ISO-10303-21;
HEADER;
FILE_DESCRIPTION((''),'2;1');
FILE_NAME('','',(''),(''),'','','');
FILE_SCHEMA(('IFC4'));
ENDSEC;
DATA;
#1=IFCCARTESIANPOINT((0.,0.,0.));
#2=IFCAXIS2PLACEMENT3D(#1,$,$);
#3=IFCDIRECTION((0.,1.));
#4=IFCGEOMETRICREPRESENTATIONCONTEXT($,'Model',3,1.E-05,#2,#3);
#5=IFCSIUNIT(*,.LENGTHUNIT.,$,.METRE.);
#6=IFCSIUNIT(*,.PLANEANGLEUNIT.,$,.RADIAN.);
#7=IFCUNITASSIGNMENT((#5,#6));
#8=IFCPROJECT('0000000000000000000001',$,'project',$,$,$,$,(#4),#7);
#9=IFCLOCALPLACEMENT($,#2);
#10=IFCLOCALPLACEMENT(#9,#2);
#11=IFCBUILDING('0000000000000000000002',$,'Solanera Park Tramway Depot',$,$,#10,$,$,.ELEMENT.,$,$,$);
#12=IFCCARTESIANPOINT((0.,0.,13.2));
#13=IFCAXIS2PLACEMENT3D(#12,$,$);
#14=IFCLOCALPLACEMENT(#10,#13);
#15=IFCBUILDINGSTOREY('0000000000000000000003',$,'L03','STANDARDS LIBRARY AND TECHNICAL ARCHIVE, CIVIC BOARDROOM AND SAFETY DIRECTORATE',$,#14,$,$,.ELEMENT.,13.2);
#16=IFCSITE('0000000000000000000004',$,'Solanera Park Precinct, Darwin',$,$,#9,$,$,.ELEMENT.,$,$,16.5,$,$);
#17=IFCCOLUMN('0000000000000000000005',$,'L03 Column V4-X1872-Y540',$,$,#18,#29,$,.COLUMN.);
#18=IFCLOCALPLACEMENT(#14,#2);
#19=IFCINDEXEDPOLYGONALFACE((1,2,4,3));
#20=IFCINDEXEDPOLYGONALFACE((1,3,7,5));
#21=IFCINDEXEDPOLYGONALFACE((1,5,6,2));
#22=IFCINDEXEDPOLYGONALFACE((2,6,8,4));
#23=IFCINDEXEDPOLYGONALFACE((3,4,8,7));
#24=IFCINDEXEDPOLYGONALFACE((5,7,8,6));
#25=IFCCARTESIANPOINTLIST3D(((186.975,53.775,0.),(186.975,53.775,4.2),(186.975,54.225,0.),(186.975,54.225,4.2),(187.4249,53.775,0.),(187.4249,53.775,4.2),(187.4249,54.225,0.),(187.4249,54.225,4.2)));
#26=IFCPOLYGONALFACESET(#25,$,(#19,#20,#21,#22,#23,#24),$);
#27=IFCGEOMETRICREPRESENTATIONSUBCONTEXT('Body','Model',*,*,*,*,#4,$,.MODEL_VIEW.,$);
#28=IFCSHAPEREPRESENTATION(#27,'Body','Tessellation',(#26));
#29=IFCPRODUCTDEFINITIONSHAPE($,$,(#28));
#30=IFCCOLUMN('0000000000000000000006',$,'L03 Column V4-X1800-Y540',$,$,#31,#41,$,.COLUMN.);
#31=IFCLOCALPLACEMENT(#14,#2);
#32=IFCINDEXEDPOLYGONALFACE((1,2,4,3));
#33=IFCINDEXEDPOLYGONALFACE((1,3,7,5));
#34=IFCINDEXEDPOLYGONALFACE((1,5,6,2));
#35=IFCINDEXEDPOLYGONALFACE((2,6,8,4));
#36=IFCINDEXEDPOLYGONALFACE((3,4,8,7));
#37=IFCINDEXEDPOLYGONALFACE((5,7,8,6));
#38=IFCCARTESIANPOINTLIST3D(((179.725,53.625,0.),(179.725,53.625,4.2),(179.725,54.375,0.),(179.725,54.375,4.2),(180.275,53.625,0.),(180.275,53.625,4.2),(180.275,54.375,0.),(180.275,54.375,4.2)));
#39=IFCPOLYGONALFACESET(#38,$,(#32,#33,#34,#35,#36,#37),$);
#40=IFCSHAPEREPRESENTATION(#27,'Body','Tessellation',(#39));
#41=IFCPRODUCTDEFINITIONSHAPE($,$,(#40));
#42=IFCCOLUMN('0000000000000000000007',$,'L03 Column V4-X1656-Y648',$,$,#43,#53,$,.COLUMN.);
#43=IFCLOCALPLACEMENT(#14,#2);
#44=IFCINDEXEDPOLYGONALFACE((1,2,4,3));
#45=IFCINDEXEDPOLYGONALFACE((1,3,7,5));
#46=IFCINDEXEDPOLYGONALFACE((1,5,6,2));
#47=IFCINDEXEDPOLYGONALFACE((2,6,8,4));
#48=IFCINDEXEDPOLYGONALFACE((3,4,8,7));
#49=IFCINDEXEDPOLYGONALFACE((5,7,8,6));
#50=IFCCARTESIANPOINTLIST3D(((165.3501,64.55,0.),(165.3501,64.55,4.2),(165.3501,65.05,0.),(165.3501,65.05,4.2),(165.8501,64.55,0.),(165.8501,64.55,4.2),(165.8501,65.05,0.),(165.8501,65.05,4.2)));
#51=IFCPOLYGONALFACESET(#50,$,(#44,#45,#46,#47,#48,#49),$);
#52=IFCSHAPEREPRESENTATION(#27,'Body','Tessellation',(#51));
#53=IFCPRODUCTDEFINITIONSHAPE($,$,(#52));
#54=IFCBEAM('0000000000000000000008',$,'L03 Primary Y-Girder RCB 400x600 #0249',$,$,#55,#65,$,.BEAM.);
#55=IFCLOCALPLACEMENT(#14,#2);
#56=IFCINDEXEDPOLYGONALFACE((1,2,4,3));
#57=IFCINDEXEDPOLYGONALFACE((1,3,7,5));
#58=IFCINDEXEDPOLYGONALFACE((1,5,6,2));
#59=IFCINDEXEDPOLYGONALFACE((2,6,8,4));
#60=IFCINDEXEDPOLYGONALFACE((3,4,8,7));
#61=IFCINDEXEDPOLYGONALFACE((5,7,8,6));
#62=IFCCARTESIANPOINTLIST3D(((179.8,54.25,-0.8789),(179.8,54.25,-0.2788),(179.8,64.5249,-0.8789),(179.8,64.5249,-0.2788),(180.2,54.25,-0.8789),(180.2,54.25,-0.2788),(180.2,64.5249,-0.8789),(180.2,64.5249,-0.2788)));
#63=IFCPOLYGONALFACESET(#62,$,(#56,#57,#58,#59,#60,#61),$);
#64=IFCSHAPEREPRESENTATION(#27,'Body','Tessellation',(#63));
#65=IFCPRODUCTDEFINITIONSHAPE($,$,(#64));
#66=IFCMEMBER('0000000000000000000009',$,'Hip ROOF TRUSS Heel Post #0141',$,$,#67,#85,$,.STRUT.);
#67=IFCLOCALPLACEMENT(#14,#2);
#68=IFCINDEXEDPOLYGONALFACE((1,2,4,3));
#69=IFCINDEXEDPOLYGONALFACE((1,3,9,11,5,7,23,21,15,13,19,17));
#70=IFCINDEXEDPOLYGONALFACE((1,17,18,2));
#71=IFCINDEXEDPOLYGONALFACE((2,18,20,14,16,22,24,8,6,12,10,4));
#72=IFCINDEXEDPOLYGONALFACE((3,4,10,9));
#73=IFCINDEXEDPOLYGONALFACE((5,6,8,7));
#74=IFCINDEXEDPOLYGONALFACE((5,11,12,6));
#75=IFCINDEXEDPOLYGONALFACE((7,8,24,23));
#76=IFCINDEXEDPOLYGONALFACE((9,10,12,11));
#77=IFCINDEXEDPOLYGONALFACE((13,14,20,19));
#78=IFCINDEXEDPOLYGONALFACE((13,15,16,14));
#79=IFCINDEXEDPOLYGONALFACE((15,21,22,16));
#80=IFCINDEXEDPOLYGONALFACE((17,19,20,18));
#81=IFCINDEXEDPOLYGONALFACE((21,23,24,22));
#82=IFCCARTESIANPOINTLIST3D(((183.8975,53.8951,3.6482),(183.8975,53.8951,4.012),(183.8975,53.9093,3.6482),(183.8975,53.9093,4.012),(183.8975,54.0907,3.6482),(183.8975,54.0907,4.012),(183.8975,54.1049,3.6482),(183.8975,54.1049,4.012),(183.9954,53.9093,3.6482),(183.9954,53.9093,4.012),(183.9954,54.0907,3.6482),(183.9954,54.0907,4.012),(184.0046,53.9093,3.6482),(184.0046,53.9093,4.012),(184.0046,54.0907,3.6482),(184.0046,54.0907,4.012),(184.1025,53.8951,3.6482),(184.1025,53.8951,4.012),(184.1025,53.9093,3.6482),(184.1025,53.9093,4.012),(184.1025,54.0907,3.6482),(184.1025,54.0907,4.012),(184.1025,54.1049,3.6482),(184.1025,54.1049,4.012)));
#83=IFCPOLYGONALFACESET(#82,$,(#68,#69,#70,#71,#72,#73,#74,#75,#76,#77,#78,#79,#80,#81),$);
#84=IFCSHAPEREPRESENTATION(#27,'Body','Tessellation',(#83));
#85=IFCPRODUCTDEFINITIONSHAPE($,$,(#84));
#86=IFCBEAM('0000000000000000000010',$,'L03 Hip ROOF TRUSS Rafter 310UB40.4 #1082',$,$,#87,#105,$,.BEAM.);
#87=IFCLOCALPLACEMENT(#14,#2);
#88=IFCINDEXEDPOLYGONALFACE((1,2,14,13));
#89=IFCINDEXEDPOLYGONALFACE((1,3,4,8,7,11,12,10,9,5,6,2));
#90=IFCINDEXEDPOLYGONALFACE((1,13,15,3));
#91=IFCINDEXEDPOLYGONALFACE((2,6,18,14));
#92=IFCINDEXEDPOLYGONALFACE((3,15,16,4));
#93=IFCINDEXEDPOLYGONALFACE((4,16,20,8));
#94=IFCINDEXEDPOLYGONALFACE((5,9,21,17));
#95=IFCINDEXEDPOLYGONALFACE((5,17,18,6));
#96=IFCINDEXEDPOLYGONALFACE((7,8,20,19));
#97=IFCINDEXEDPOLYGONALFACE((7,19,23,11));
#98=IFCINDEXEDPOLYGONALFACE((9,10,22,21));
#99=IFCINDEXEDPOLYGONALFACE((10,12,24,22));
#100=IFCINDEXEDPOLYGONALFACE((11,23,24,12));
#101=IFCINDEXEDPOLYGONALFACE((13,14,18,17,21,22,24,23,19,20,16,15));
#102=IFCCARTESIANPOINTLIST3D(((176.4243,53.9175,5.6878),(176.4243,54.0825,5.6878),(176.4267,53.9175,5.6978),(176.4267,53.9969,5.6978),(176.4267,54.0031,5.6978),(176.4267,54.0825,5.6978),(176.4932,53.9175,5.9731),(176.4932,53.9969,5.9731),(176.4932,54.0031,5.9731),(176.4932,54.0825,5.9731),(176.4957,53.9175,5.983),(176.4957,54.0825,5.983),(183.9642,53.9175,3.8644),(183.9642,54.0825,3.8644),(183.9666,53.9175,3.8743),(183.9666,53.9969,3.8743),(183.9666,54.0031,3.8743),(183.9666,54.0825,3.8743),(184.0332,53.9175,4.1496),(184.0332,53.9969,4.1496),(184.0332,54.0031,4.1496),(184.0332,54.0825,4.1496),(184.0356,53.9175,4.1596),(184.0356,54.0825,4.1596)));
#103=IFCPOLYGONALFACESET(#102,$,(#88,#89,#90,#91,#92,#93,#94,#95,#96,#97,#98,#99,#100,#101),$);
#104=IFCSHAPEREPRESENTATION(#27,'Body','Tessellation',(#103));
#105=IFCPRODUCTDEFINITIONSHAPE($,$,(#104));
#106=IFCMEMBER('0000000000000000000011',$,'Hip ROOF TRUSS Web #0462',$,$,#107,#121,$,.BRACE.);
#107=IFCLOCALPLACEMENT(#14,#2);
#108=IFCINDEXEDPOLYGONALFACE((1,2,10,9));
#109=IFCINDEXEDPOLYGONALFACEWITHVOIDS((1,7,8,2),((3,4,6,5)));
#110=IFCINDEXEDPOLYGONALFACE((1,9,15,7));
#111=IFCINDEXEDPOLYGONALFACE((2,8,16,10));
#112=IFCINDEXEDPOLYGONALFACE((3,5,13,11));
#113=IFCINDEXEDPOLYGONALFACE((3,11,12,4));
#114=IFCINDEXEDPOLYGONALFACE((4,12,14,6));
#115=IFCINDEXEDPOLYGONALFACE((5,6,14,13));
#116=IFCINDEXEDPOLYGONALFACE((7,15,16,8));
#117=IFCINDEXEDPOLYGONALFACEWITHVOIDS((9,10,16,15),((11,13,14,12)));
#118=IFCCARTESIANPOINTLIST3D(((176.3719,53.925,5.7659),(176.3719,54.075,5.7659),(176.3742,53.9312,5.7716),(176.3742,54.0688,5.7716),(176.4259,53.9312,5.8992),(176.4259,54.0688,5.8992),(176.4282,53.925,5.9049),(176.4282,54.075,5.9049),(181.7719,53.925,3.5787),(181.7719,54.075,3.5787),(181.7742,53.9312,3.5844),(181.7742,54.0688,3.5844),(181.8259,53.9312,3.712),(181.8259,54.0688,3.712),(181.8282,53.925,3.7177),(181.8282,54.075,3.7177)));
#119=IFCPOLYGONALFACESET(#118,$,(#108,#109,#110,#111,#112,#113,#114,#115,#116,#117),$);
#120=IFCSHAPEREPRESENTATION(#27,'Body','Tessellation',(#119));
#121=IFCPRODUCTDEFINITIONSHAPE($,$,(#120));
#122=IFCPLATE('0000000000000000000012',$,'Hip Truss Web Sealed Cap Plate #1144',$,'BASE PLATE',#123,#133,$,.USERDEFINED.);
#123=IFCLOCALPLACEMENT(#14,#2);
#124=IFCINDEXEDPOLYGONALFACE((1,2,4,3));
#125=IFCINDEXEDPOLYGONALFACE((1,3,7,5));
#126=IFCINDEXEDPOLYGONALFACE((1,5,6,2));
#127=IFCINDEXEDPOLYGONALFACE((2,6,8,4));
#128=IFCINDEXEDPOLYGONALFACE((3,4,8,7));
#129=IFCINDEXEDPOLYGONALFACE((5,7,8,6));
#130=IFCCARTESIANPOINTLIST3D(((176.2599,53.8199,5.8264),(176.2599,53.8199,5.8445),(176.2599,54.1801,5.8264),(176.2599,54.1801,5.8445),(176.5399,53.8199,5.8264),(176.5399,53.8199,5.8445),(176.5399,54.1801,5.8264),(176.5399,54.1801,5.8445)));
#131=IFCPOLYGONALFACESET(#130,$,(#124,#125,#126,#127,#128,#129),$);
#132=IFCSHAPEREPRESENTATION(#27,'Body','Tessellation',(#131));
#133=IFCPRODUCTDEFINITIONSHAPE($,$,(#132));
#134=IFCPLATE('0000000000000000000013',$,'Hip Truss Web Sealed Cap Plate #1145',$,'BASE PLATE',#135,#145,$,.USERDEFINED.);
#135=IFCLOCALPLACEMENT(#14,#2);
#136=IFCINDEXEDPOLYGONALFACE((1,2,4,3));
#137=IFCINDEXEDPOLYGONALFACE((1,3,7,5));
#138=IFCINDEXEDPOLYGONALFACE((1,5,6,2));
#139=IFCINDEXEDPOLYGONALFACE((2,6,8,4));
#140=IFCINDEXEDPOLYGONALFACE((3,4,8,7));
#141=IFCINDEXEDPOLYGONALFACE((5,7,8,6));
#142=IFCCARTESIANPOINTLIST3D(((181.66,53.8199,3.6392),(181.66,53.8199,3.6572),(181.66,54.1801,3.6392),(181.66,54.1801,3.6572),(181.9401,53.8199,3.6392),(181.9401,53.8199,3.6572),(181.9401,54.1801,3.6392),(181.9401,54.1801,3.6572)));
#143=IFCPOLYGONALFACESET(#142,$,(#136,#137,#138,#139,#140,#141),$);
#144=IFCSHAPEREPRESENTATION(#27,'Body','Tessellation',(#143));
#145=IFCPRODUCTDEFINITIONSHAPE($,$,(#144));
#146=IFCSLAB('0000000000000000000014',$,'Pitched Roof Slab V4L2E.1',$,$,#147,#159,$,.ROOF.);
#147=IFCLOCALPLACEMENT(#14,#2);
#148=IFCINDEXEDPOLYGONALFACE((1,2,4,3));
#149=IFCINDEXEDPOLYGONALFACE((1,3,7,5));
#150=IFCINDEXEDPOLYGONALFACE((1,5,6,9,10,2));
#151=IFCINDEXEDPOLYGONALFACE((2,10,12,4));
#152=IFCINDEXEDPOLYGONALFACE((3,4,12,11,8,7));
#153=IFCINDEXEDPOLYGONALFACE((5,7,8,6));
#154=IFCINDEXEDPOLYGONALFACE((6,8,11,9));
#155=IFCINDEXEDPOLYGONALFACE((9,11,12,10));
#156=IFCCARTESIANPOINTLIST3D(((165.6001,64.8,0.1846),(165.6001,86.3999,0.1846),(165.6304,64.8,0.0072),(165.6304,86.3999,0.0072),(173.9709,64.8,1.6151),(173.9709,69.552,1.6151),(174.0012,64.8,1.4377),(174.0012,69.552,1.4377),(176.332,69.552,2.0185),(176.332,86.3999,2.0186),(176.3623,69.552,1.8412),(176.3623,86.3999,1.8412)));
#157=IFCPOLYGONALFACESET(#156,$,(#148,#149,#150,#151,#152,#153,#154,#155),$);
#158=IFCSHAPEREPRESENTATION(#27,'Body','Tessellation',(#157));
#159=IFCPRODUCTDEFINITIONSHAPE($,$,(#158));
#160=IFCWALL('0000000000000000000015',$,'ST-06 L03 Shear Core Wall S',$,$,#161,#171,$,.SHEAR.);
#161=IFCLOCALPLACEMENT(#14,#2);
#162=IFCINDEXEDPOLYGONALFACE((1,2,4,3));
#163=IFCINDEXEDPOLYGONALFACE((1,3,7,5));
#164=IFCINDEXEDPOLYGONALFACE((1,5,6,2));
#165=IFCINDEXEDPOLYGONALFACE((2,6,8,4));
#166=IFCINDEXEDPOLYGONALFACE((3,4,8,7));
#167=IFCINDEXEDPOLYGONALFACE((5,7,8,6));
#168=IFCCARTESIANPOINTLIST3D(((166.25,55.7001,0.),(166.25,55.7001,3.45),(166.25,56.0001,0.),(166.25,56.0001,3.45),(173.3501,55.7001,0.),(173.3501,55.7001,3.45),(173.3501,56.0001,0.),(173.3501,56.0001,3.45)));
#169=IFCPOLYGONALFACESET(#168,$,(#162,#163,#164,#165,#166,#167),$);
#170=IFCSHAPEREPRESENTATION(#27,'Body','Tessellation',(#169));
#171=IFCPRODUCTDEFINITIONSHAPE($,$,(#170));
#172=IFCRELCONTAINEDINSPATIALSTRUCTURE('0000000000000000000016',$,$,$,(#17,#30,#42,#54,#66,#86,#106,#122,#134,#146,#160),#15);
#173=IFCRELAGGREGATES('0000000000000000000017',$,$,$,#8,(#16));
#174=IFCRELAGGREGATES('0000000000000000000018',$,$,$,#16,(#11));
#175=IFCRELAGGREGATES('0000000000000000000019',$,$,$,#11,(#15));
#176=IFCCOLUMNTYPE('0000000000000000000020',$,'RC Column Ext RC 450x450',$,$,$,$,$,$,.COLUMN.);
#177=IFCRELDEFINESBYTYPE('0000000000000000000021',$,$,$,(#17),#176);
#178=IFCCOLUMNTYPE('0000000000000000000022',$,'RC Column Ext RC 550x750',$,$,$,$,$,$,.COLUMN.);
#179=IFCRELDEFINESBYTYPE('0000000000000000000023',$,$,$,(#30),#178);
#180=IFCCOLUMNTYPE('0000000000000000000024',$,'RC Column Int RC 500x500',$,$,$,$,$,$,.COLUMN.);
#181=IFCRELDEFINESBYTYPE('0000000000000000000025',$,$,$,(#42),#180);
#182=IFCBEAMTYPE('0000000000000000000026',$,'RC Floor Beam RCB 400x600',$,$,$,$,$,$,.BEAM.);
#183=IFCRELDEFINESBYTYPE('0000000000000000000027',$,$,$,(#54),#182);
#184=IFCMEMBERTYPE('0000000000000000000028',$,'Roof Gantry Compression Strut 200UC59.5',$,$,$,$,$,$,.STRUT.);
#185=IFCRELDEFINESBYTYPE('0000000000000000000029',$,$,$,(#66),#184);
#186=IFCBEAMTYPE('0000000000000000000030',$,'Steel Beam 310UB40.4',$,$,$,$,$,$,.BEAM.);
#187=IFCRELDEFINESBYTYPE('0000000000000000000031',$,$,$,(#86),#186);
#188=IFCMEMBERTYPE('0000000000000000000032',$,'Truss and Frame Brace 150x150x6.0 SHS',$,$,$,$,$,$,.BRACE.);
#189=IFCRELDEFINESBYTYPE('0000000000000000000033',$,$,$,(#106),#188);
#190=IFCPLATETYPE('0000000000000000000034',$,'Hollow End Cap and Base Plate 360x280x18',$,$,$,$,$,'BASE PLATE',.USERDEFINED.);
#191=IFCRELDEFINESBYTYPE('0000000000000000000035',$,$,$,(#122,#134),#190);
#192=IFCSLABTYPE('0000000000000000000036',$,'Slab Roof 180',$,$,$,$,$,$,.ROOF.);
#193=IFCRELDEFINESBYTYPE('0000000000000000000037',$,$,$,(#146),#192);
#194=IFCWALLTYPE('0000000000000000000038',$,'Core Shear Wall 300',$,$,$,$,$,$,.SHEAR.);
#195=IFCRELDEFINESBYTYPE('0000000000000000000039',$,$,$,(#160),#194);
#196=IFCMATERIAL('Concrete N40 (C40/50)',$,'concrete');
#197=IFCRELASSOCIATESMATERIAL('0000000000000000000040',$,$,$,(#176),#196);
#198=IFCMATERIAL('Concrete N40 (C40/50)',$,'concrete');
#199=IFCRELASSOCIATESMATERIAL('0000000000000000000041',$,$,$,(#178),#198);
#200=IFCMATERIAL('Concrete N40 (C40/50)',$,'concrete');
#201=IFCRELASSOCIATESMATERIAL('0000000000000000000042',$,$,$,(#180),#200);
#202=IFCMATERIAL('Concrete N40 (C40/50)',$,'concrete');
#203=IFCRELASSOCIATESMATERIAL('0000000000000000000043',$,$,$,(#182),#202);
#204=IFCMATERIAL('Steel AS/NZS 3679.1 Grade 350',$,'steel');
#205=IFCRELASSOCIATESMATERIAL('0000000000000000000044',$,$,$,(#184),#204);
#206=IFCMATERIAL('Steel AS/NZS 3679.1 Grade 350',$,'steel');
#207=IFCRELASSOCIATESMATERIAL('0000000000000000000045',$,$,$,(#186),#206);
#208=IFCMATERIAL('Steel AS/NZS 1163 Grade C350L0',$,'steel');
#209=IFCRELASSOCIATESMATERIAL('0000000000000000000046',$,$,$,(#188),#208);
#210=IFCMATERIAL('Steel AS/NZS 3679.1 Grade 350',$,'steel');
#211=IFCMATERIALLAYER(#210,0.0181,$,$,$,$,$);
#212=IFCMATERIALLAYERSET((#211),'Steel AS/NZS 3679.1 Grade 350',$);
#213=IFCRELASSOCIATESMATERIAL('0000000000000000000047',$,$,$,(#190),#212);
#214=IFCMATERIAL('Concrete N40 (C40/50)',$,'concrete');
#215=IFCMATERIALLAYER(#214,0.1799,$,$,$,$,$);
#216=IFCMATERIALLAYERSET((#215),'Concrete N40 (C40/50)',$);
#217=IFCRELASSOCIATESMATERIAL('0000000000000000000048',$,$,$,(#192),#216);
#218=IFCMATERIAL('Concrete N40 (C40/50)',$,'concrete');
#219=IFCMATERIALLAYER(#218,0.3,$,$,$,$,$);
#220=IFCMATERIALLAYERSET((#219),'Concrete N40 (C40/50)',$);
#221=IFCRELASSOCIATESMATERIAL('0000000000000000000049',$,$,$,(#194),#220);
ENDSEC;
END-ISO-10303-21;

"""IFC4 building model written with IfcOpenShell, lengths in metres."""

from ifc_helpers import new_model, si_unit, direction, frame, frame_2d, origin, origin_2d, place, context, subcontext, project, spatial, polyline, rectangle, hollow_rectangle, i_section, outline, extrude, material, layer, layer_set, material_profile, profile_set, type_object, element, save


model = new_model("IFC4")

# Units and contexts
model_context = context("Model", 3, precision=1e-05, world=origin(), true_north=direction((0.0, 1.0)))
body_context = subcontext(model_context, "Body", "Model", "MODEL_VIEW")
ifc_project = project(units=[si_unit("LENGTHUNIT", "METRE"), si_unit("PLANEANGLEUNIT", "RADIAN")], contexts=[model_context])

# Site, building, storey
site_placement = place(None, origin())
site = spatial("IfcSite", under=ifc_project, at=site_placement, Name="Solanera Park Precinct, Darwin", CompositionType="ELEMENT", RefElevation=16.5)
building_placement = place(site_placement, origin())
building = spatial("IfcBuilding", under=site, at=building_placement, Name="Solanera Park Tramway Depot", CompositionType="ELEMENT")
storey_placement = place(building_placement, frame((0.0, 0.0, 13.2)))
storey = spatial("IfcBuildingStorey", under=building, at=storey_placement, Name="L03", Description="STANDARDS LIBRARY AND TECHNICAL ARCHIVE, CIVIC BOARDROOM AND SAFETY DIRECTORATE", CompositionType="ELEMENT", Elevation=13.2)

# Columns
ifc_material_1 = material(Name="Concrete N40 (C40/50)", Category="concrete")
ifc_material_profile_1 = material_profile(ifc_material_1, rectangle(XDim=0.45, YDim=0.45, at=origin_2d()), Name="RC 450x450")
ifc_profile_set_1 = profile_set([ifc_material_profile_1], Name="Concrete N40 (C40/50)")
column_type_1 = type_object("IfcColumnType", Name="RC Column Ext RC 450x450", PredefinedType="COLUMN", material=ifc_profile_set_1)
column_1_placement = place(storey_placement, frame((187.2, 54.0, 0.0), z_axis=(0.0, 0.0, 1.0), x_axis=(1.0, 0.0, 0.0)))
element("IfcColumn", 1, at=column_1_placement, inside=storey, type_object=column_type_1, Name="L03 Column V4-X1872-Y540", PredefinedType="COLUMN", context=body_context, shape_type="SweptSolid", body=[
    extrude(rectangle(XDim=0.45, YDim=0.45, at=origin_2d()), origin(), (0.0, 0.0, 1.0), 4.2),
])
ifc_material_2 = material(Name="Concrete N40 (C40/50)", Category="concrete")
ifc_material_profile_2 = material_profile(ifc_material_2, rectangle(XDim=0.55, YDim=0.75, at=origin_2d()), Name="RC 550x750")
ifc_profile_set_2 = profile_set([ifc_material_profile_2], Name="Concrete N40 (C40/50)")
column_type_2 = type_object("IfcColumnType", Name="RC Column Ext RC 550x750", PredefinedType="COLUMN", material=ifc_profile_set_2)
column_2_placement = place(storey_placement, frame((180.0, 54.0, 0.0), z_axis=(0.0, 0.0, 1.0), x_axis=(1.0, 0.0, 0.0)))
element("IfcColumn", 2, at=column_2_placement, inside=storey, type_object=column_type_2, Name="L03 Column V4-X1800-Y540", PredefinedType="COLUMN", context=body_context, shape_type="SweptSolid", body=[
    extrude(rectangle(XDim=0.55, YDim=0.75, at=origin_2d()), origin(), (0.0, 0.0, 1.0), 4.2),
])
ifc_material_3 = material(Name="Concrete N40 (C40/50)", Category="concrete")
ifc_material_profile_3 = material_profile(ifc_material_3, rectangle(XDim=0.5, YDim=0.5, at=origin_2d()), Name="RC 500x500")
ifc_profile_set_3 = profile_set([ifc_material_profile_3], Name="Concrete N40 (C40/50)")
column_type_3 = type_object("IfcColumnType", Name="RC Column Int RC 500x500", PredefinedType="COLUMN", material=ifc_profile_set_3)
column_3_placement = place(storey_placement, frame((165.6001, 64.8, 0.0), z_axis=(0.0, 0.0, 1.0), x_axis=(1.0, 0.0, 0.0)))
element("IfcColumn", 3, at=column_3_placement, inside=storey, type_object=column_type_3, Name="L03 Column V4-X1656-Y648", PredefinedType="COLUMN", context=body_context, shape_type="SweptSolid", body=[
    extrude(rectangle(XDim=0.5, YDim=0.5, at=origin_2d()), origin(), (0.0, 0.0, 1.0), 4.2),
])

# Beam
ifc_material_4 = material(Name="Concrete N40 (C40/50)", Category="concrete")
ifc_material_profile_4 = material_profile(ifc_material_4, rectangle(XDim=0.3999, YDim=0.6001, at=origin_2d()), Name="RCB 400x600")
ifc_profile_set_4 = profile_set([ifc_material_profile_4], Name="Concrete N40 (C40/50)")
beam_type_1 = type_object("IfcBeamType", Name="RC Floor Beam RCB 400x600", PredefinedType="BEAM", material=ifc_profile_set_4)
beam_1_placement = place(storey_placement, frame((180.0, 54.25, -0.5789), z_axis=(0.0, 1.0, 0.0), x_axis=(-1.0, 0.0, 0.0)))
element("IfcBeam", 4, at=beam_1_placement, inside=storey, type_object=beam_type_1, Name="L03 Primary Y-Girder RCB 400x600 #0249", PredefinedType="BEAM", context=body_context, shape_type="SweptSolid", body=[
    extrude(rectangle(XDim=0.3999, YDim=0.6001, at=origin_2d()), origin(), (0.0, 0.0, 1.0), 10.2749),
])

# Member
ifc_material_5 = material(Name="Steel AS/NZS 3679.1 Grade 350", Category="steel")
ifc_material_profile_5 = material_profile(ifc_material_5, i_section(OverallWidth=0.2051, OverallDepth=0.2097, WebThickness=0.0093, FlangeThickness=0.0142, at=origin_2d()), Name="200UC59.5")
ifc_profile_set_5 = profile_set([ifc_material_profile_5], Name="Steel AS/NZS 3679.1 Grade 350")
member_type_1 = type_object("IfcMemberType", Name="Roof Gantry Compression Strut 200UC59.5", PredefinedType="STRUT", material=ifc_profile_set_5)
member_1_placement = place(storey_placement, frame((184.0, 54.0, 3.6482), z_axis=(0.0, 0.0, 1.0), x_axis=(1.0, 0.0, 0.0)))
element("IfcMember", 5, at=member_1_placement, inside=storey, type_object=member_type_1, Name="Hip ROOF TRUSS Heel Post #0141", PredefinedType="STRUT", context=body_context, shape_type="SweptSolid", body=[
    extrude(i_section(OverallWidth=0.2051, OverallDepth=0.2097, WebThickness=0.0093, FlangeThickness=0.0142, at=origin_2d()), origin(), (0.0, 0.0, 1.0), 0.3638),
])

# Beam
ifc_material_6 = material(Name="Steel AS/NZS 3679.1 Grade 350", Category="steel")
ifc_material_profile_6 = material_profile(ifc_material_6, i_section(OverallWidth=0.165, OverallDepth=0.3037, WebThickness=0.0061, FlangeThickness=0.0103, at=origin_2d()), Name="310UB40.4")
ifc_profile_set_6 = profile_set([ifc_material_profile_6], Name="Steel AS/NZS 3679.1 Grade 350")
beam_type_2 = type_object("IfcBeamType", Name="Steel Beam 310UB40.4", PredefinedType="BEAM", material=ifc_profile_set_6)
beam_2_placement = place(storey_placement, frame((176.46, 54.0, 5.8354), z_axis=(0.97198, 0.0, -0.235064), x_axis=(0.0, 1.0, 0.0)))
element("IfcBeam", 6, at=beam_2_placement, inside=storey, type_object=beam_type_2, Name="L03 Hip ROOF TRUSS Rafter 310UB40.4 #1082", PredefinedType="BEAM", context=body_context, shape_type="SweptSolid", body=[
    extrude(i_section(OverallWidth=0.165, OverallDepth=0.3037, WebThickness=0.0061, FlangeThickness=0.0103, at=origin_2d()), origin(), (0.0, 0.0, 1.0), 7.7573),
])

# Member
ifc_material_7 = material(Name="Steel AS/NZS 1163 Grade C350L0", Category="steel")
ifc_material_profile_7 = material_profile(ifc_material_7, hollow_rectangle(XDim=0.1499, YDim=0.1499, WallThickness=0.0061, at=origin_2d()), Name="150x150x6.0 SHS")
ifc_profile_set_7 = profile_set([ifc_material_profile_7], Name="Steel AS/NZS 1163 Grade C350L0")
member_type_2 = type_object("IfcMemberType", Name="Truss and Frame Brace 150x150x6.0 SHS", PredefinedType="BRACE", material=ifc_profile_set_7)
member_2_placement = place(storey_placement, frame((181.8, 54.0, 3.6482), z_axis=(-0.926858, 0.0, 0.375411), x_axis=(0.0, -1.0, 0.0)))
element("IfcMember", 7, at=member_2_placement, inside=storey, type_object=member_type_2, Name="Hip ROOF TRUSS Web #0462", PredefinedType="BRACE", context=body_context, shape_type="SweptSolid", body=[
    extrude(hollow_rectangle(XDim=0.1499, YDim=0.1499, WallThickness=0.0061, at=origin_2d()), origin(), (0.0, 0.0, 1.0), 5.8262),
])

# Plates
ifc_material_8 = material(Name="Steel AS/NZS 3679.1 Grade 350", Category="steel")
ifc_layer_1 = layer(ifc_material_8, 0.0181)
ifc_layer_set_1 = layer_set([ifc_layer_1], Name="Steel AS/NZS 3679.1 Grade 350")
plate_type = type_object("IfcPlateType", Name="Hollow End Cap and Base Plate 360x280x18", ElementType="BASE PLATE", PredefinedType="USERDEFINED", material=ifc_layer_set_1)
for number, where, z_axis, x_axis, name in (
    (8, (176.3999, 54.0, 5.8264), (0.0, 0.0, 1.0), (1.0, 0.0, 0.0), "Hip Truss Web Sealed Cap Plate #1144"),
    (9, (181.8, 54.0, 3.6392), (0.0, 0.0, 1.0), (1.0, 0.0, 0.0), "Hip Truss Web Sealed Cap Plate #1145"),
):
    element("IfcPlate", number, at=place(storey_placement, frame(where, z_axis=z_axis, x_axis=x_axis)), inside=storey, type_object=plate_type, Name=name, ObjectType="BASE PLATE", PredefinedType="USERDEFINED", context=body_context, shape_type="SweptSolid", body=[
        extrude(rectangle(XDim=0.28, YDim=0.3601, at=origin_2d()), origin(), (0.0, 0.0, 1.0), 0.0181),
    ])

# Slab
ifc_material_9 = material(Name="Concrete N40 (C40/50)", Category="concrete")
ifc_layer_2 = layer(ifc_material_9, 0.1799)
ifc_layer_set_2 = layer_set([ifc_layer_2], Name="Concrete N40 (C40/50)")
slab_type = type_object("IfcSlabType", Name="Slab Roof 180", PredefinedType="ROOF", material=ifc_layer_set_2)
slab_placement = place(storey_placement, frame((165.6001, 64.8, 0.1846), z_axis=(-0.168447, -0.000002, 0.985711), x_axis=(0.985711, 0.0, 0.168447)))
element("IfcSlab", 10, at=slab_placement, inside=storey, type_object=slab_type, Name="Pitched Roof Slab V4L2E.1", PredefinedType="ROOF", context=body_context, shape_type="SweptSolid", body=[
    extrude(outline(polyline([(0.0, 0.0), (8.4922, 0.0), (8.4922, 4.752), (10.8875, 4.752), (10.8875, 21.5999), (0.0, 21.5999), (0.0, 0.0)])), origin(), (0.0, 0.0, -1.0), 0.1799),
])

# Wall
ifc_material_10 = material(Name="Concrete N40 (C40/50)", Category="concrete")
ifc_layer_3 = layer(ifc_material_10, 0.3)
ifc_layer_set_3 = layer_set([ifc_layer_3], Name="Concrete N40 (C40/50)")
wall_type_1 = type_object("IfcWallType", Name="Core Shear Wall 300", PredefinedType="SHEAR", material=ifc_layer_set_3)
for number, where, z_axis, x_axis, name in (
    (11, (166.25, 55.8501, 0.0), (0.0, 0.0, 1.0), (1.0, 0.0, 0.0), "ST-06 L03 Shear Core Wall S"),
):
    element("IfcWall", number, at=place(storey_placement, frame(where, z_axis=z_axis, x_axis=x_axis)), inside=storey, type_object=wall_type_1, Name=name, PredefinedType="SHEAR", context=body_context, shape_type="SweptSolid", body=[
        extrude(rectangle(XDim=7.1001, YDim=0.3, at=frame_2d((3.55, 0.0))), origin(), (0.0, 0.0, 1.0), 3.45),
    ])

save(model, "model.ifc")
